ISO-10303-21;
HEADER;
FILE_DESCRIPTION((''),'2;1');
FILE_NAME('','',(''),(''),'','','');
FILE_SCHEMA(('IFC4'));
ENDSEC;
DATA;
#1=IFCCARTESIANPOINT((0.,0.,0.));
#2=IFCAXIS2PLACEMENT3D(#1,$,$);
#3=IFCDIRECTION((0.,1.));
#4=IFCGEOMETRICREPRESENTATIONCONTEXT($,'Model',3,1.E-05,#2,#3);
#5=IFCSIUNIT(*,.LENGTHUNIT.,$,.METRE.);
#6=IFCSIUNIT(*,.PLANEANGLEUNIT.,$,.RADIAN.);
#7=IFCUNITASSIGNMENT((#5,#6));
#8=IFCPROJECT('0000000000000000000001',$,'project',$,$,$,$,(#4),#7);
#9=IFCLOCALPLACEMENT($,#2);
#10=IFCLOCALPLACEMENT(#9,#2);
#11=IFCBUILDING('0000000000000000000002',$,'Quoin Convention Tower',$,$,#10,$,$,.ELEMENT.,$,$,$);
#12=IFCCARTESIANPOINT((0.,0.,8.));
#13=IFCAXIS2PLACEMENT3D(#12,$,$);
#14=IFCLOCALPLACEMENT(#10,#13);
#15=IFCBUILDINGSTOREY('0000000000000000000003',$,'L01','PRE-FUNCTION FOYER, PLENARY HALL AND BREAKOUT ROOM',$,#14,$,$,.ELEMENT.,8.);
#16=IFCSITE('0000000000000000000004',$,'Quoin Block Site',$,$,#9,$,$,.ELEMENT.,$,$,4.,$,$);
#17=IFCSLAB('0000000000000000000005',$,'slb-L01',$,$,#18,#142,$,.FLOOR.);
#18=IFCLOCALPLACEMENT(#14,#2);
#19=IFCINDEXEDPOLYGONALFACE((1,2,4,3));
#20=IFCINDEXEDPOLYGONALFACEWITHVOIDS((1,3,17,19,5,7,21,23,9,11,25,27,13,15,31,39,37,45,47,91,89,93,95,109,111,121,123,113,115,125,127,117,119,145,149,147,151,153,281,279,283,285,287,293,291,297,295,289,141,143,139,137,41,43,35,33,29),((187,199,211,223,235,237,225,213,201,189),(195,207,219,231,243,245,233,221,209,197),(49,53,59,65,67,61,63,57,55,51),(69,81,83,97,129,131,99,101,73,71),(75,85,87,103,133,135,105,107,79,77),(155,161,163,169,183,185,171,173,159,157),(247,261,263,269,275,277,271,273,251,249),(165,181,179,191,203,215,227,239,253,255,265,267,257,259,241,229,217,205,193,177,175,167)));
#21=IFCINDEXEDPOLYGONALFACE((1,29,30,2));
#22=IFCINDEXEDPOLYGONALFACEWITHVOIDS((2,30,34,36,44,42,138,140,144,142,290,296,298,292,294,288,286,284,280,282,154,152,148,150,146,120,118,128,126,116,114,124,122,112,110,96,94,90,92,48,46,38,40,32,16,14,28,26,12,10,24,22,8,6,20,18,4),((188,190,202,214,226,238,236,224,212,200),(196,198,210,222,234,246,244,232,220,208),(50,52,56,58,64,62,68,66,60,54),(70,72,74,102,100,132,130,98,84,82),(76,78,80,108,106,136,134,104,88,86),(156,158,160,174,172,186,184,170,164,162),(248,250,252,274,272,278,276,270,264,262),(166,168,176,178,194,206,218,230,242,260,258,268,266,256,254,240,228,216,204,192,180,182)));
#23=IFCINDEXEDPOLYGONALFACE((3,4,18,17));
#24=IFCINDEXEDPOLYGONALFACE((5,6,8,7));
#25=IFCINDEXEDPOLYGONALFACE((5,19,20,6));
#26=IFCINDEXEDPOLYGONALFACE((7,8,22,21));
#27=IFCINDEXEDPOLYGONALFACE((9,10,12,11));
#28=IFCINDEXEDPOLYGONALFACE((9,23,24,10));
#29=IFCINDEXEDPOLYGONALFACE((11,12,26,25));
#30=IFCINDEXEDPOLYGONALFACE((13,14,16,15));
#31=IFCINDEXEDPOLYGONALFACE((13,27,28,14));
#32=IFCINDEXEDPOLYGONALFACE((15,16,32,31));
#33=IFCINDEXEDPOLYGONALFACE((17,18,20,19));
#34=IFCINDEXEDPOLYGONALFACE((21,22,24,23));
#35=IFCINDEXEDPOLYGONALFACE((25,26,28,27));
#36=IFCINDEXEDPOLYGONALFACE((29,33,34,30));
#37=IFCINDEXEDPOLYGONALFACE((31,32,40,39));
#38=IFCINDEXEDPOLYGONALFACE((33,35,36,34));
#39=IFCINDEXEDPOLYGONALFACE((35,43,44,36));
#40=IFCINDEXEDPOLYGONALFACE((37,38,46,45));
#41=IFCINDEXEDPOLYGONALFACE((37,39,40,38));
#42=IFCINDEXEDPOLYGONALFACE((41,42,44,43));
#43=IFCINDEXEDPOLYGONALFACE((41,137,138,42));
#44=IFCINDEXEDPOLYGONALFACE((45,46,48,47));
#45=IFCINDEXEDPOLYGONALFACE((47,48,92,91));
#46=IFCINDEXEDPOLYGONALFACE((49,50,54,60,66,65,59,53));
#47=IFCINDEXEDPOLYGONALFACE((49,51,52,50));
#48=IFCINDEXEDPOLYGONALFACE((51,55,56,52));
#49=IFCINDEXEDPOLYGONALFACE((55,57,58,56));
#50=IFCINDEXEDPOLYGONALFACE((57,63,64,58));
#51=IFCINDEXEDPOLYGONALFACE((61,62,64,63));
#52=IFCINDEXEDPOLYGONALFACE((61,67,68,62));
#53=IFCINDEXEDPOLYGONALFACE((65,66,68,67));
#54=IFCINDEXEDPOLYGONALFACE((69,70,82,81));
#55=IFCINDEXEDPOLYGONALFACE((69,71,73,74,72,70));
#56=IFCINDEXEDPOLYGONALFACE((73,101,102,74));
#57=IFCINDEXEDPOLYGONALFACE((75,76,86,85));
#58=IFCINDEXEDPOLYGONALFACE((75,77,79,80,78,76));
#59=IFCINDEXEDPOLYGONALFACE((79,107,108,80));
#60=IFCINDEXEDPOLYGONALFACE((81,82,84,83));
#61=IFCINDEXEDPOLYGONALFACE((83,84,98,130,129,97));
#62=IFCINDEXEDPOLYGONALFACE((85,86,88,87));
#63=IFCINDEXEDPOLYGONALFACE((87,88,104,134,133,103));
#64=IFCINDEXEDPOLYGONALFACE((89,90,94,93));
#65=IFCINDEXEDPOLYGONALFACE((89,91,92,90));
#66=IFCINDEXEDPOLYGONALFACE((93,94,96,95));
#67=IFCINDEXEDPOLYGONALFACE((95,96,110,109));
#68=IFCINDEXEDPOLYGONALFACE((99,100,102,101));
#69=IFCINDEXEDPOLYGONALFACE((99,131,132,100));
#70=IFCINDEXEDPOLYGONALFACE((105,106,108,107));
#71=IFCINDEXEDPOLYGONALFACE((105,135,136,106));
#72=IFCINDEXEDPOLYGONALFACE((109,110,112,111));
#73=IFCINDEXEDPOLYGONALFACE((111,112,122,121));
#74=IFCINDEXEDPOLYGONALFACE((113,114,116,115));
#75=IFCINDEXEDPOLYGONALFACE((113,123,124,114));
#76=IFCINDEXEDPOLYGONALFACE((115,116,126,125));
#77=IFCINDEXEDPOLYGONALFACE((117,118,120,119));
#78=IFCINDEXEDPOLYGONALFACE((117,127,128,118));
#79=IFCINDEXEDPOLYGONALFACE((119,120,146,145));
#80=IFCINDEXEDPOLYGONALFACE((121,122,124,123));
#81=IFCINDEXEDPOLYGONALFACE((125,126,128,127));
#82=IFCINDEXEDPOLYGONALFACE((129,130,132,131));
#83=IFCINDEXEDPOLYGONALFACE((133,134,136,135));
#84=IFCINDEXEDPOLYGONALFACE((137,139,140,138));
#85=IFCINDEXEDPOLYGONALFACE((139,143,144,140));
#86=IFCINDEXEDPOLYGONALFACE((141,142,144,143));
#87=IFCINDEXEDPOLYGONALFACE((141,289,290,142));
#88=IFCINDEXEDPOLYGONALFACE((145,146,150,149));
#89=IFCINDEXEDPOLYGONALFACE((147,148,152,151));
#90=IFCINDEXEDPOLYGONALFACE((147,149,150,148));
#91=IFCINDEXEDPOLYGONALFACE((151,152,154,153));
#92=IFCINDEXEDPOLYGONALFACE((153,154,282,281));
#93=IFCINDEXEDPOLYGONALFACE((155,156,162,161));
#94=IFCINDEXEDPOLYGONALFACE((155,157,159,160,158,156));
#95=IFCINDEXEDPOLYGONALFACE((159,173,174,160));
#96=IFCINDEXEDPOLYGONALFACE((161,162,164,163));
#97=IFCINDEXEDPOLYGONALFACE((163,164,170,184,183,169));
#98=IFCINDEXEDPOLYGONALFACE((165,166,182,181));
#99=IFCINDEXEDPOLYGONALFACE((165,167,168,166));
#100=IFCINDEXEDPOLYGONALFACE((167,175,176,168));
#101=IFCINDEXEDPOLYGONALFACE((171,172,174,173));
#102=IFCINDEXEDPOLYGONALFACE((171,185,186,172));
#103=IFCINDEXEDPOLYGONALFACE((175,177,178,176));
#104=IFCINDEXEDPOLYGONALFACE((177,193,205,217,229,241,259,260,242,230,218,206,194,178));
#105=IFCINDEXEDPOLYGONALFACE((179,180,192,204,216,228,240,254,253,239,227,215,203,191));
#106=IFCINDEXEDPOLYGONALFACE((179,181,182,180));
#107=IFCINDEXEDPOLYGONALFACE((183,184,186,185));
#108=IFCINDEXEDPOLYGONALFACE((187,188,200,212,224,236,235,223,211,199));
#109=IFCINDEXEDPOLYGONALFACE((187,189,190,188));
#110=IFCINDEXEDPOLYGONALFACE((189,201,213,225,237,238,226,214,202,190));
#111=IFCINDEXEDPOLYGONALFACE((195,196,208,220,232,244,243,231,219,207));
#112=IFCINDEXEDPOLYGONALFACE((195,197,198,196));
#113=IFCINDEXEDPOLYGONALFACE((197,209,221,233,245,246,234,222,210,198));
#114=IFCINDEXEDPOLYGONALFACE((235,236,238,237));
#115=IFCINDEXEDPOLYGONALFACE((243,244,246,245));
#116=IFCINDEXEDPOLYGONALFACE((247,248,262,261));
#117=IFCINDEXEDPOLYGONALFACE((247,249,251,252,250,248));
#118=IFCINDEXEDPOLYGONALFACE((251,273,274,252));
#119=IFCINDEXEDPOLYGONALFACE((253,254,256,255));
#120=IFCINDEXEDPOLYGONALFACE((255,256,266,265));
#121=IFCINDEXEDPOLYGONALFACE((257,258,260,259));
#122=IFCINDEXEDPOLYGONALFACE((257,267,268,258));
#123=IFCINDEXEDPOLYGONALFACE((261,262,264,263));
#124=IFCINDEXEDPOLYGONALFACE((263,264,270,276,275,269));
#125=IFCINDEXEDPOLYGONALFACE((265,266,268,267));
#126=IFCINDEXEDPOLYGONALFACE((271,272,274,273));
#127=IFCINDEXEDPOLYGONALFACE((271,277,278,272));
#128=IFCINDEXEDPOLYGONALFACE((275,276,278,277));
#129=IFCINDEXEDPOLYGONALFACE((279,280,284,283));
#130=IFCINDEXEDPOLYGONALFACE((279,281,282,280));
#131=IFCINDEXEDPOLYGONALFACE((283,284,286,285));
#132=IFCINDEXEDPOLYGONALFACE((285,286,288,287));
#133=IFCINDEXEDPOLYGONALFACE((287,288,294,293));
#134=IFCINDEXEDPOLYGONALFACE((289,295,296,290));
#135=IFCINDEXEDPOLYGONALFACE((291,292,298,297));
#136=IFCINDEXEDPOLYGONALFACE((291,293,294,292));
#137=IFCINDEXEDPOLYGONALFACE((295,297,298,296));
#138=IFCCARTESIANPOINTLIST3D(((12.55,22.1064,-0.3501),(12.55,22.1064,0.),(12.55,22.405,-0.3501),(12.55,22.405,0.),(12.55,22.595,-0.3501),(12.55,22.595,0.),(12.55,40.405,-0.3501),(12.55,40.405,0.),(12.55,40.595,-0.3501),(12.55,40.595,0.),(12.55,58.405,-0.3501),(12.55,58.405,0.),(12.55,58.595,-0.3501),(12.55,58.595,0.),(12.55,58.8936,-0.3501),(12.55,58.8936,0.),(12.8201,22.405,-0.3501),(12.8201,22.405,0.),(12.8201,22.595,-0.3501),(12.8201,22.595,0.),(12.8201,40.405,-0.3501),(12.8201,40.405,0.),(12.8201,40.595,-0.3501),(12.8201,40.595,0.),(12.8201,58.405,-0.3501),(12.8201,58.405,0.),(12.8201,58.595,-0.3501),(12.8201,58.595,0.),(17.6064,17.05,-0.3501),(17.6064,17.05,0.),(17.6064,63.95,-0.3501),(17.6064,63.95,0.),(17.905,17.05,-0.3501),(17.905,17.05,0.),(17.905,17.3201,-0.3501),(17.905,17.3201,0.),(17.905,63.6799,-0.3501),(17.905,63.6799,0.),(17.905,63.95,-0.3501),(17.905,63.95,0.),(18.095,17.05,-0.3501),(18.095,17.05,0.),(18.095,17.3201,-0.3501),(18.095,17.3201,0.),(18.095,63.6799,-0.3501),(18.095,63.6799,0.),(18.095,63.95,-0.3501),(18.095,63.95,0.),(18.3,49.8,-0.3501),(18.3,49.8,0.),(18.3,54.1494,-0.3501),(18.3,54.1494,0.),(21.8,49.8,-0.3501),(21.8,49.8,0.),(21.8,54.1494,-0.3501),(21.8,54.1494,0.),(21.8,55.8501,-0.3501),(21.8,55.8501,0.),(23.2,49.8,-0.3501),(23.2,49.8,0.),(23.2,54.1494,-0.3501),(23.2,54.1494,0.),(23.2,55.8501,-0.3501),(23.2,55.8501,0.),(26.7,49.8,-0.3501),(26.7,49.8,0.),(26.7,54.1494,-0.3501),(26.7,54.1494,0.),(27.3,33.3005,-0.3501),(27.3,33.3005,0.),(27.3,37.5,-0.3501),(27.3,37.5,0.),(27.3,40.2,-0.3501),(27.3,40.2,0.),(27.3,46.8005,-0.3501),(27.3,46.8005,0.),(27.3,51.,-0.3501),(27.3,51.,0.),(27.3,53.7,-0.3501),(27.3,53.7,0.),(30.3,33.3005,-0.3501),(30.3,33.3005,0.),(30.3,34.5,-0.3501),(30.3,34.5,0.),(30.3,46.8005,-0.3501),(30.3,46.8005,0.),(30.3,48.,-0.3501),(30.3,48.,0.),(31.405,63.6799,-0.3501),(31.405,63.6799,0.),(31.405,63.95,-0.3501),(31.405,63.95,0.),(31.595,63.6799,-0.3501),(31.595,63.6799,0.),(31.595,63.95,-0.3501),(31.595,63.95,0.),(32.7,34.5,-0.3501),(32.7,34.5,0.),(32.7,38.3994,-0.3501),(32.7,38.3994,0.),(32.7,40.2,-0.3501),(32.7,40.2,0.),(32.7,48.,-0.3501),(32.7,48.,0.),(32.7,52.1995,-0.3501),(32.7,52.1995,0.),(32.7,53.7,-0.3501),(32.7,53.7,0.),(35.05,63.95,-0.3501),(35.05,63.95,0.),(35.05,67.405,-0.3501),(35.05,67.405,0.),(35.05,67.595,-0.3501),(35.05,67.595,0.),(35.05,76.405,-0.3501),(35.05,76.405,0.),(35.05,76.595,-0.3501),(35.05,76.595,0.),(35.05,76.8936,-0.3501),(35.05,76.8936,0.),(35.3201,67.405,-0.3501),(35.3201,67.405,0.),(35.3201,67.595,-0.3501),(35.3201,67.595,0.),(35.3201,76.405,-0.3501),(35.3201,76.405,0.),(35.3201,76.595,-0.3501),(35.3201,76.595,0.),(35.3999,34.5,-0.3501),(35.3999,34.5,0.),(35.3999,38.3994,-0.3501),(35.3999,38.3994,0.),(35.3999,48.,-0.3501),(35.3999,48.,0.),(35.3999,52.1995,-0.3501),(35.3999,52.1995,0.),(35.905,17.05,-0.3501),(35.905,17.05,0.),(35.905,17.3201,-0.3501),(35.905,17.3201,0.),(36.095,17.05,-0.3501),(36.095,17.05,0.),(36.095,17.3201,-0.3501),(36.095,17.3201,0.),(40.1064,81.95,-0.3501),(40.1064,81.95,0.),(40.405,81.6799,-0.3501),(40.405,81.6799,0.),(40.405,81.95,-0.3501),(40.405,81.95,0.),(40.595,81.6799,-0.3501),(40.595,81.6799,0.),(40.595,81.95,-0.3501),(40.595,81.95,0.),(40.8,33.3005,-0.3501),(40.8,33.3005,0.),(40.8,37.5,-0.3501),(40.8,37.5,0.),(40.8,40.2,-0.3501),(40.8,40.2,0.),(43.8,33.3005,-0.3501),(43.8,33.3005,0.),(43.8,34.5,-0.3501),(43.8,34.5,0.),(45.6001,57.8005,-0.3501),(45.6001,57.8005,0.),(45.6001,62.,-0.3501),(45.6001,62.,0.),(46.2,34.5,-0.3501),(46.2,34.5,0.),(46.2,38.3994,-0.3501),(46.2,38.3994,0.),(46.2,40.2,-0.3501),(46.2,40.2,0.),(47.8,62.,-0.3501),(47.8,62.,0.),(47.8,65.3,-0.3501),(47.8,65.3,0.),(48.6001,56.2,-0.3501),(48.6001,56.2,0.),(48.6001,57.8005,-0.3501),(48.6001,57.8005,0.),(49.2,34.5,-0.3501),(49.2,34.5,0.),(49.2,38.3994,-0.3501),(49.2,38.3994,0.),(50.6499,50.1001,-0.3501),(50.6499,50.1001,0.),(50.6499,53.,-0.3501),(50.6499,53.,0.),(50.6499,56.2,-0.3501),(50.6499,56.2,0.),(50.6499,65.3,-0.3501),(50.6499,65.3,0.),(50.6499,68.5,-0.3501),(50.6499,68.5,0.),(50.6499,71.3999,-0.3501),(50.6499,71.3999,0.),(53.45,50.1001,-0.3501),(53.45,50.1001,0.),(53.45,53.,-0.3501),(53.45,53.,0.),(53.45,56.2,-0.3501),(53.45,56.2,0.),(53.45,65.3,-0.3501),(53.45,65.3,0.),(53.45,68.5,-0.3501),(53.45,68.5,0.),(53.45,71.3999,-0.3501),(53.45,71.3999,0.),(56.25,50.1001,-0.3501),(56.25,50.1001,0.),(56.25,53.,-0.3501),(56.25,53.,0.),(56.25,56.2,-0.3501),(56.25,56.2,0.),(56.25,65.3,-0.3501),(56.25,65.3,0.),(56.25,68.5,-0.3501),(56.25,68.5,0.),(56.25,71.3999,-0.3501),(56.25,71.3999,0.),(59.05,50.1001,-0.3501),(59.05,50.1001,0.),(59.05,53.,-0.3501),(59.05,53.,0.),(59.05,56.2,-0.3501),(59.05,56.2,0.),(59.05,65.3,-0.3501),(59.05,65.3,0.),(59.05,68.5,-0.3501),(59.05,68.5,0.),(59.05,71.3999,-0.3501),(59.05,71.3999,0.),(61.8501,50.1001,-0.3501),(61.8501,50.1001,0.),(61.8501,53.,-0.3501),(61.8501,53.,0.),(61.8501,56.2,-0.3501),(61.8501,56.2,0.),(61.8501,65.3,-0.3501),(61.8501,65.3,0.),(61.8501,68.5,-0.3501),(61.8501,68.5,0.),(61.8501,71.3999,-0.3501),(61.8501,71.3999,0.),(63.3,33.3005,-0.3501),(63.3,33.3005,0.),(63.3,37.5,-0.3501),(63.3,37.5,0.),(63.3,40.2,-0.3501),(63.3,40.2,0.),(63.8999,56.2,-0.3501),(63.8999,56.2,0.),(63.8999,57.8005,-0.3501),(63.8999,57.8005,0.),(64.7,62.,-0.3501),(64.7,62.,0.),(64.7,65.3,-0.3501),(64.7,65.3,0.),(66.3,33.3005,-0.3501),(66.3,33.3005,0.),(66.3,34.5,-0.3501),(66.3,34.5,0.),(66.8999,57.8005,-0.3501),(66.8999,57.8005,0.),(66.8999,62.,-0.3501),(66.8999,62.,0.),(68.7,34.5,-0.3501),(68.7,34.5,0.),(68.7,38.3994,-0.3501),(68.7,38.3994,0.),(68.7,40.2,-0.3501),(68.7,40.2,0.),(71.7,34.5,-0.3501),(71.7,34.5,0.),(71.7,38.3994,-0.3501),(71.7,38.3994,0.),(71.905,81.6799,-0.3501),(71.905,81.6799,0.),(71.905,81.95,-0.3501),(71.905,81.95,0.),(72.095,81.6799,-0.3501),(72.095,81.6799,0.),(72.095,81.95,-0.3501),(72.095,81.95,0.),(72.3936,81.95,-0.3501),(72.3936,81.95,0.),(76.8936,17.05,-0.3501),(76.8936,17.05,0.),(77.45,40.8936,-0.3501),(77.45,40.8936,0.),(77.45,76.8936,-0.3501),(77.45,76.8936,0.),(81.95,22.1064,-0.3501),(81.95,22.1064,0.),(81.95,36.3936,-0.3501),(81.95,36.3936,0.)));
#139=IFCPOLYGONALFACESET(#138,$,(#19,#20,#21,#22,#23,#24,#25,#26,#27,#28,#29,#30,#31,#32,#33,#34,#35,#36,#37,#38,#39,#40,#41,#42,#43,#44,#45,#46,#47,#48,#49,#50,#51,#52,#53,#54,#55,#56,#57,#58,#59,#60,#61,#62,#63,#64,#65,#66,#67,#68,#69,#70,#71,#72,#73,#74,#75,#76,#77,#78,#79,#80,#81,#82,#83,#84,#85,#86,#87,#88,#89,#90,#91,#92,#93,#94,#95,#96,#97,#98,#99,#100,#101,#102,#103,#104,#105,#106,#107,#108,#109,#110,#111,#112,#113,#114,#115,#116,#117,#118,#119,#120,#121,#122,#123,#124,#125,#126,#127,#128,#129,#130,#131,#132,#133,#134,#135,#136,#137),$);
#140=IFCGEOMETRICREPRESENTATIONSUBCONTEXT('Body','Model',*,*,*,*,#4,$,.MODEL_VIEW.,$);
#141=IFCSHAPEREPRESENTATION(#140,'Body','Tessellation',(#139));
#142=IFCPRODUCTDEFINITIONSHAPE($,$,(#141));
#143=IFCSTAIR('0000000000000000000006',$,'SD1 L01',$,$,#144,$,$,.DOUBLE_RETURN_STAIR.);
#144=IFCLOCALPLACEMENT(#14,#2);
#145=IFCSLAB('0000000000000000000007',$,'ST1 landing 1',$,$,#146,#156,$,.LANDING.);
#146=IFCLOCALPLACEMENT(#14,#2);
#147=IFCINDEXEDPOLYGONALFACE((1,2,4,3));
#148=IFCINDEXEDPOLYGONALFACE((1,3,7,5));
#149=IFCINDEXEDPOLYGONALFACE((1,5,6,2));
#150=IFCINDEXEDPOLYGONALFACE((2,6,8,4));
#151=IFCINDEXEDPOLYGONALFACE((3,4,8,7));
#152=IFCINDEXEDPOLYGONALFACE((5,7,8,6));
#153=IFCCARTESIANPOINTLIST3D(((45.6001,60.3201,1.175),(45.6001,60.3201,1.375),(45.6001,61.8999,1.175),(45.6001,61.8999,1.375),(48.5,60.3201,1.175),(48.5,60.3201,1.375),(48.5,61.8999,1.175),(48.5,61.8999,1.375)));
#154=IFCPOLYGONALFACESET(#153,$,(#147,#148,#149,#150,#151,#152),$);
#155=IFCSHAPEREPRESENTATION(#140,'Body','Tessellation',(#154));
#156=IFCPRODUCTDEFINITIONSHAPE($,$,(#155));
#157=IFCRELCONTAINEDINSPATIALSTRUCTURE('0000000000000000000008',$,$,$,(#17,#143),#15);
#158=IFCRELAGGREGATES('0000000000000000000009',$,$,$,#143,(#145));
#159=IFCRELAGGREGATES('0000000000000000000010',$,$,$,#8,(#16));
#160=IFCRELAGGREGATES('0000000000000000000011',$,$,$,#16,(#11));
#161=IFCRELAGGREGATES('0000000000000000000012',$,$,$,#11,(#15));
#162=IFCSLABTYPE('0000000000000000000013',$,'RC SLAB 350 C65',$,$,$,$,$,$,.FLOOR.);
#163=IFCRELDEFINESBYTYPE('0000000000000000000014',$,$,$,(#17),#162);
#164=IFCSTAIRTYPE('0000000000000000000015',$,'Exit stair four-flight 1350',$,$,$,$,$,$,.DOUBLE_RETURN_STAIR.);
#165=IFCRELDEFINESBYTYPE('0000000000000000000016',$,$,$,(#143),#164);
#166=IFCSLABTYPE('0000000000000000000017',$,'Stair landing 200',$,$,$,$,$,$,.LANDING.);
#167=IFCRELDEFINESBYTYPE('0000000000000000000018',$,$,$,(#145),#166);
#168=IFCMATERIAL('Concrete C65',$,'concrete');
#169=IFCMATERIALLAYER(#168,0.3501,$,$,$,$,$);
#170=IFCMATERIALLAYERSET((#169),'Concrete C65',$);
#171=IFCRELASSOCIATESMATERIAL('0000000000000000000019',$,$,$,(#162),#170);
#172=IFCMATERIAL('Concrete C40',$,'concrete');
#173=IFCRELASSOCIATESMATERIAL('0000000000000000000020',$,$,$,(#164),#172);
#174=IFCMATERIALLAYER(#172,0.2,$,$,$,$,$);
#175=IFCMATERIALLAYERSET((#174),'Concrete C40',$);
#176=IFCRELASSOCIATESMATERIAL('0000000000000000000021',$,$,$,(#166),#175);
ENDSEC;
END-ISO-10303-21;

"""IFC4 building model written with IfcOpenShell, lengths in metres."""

from ifc_helpers import new_model, si_unit, direction, frame, origin, place, context, subcontext, project, spatial, polyline, outline, extrude, material, layer, layer_set, type_object, element, aggregate, save


model = new_model("IFC4")

# Units and contexts
model_context = context("Model", 3, precision=1e-05, world=origin(), true_north=direction((0.0, 1.0)))
body_context = subcontext(model_context, "Body", "Model", "MODEL_VIEW")
ifc_project = project(units=[si_unit("LENGTHUNIT", "METRE"), si_unit("PLANEANGLEUNIT", "RADIAN")], contexts=[model_context])

# Site, building, storey
site_placement = place(None, origin())
site = spatial("IfcSite", under=ifc_project, at=site_placement, Name="Quoin Block Site", CompositionType="ELEMENT", RefElevation=4.0)
building_placement = place(site_placement, origin())
building = spatial("IfcBuilding", under=site, at=building_placement, Name="Quoin Convention Tower", CompositionType="ELEMENT")
storey_placement = place(building_placement, frame((0.0, 0.0, 8.0)))
storey = spatial("IfcBuildingStorey", under=building, at=storey_placement, Name="L01", Description="PRE-FUNCTION FOYER, PLENARY HALL AND BREAKOUT ROOM", CompositionType="ELEMENT", Elevation=8.0)

# Slab
ifc_material_1 = material(Name="Concrete C65", Category="concrete")
ifc_layer_1 = layer(ifc_material_1, 0.3501)
ifc_layer_set_1 = layer_set([ifc_layer_1], Name="Concrete C65")
slab_type_1 = type_object("IfcSlabType", Name="RC SLAB 350 C65", PredefinedType="FLOOR", material=ifc_layer_set_1)
slab_1_placement = place(storey_placement, frame((0.0, 0.0, -0.3501)))
element("IfcSlab", 1, at=slab_1_placement, inside=storey, type_object=slab_type_1, Name="slb-L01", PredefinedType="FLOOR", context=body_context, shape_type="SweptSolid", body=[
    extrude(outline(polyline([(17.6064, 63.95), (17.905, 63.95), (17.905, 63.6799), (18.095, 63.6799), (18.095, 63.95), (31.405, 63.95), (31.405, 63.6799), (31.595, 63.6799), (31.595, 63.95), (35.05, 63.95), (35.05, 67.405), (35.3201, 67.405), (35.3201, 67.595), (35.05, 67.595), (35.05, 76.405), (35.3201, 76.405), (35.3201, 76.595), (35.05, 76.595), (35.05, 76.8936), (40.1064, 81.95), (40.405, 81.95), (40.405, 81.6799), (40.595, 81.6799), (40.595, 81.95), (71.905, 81.95), (71.905, 81.6799), (72.095, 81.6799), (72.095, 81.95), (72.3936, 81.95), (77.45, 76.8936), (77.45, 40.8936), (81.95, 36.3936), (81.95, 22.1064), (76.8936, 17.05), (36.095, 17.05), (36.095, 17.3201), (35.905, 17.3201), (35.905, 17.05), (18.095, 17.05), (18.095, 17.3201), (17.905, 17.3201), (17.905, 17.05), (17.6064, 17.05), (12.55, 22.1064), (12.55, 22.405), (12.8201, 22.405), (12.8201, 22.595), (12.55, 22.595), (12.55, 40.405), (12.8201, 40.405), (12.8201, 40.595), (12.55, 40.595), (12.55, 58.405), (12.8201, 58.405), (12.8201, 58.595), (12.55, 58.595), (12.55, 58.8936), (17.6064, 63.95)]), holes=[polyline([(35.3999, 38.3994), (32.7, 38.3994), (32.7, 40.2), (27.3, 40.2), (27.3, 37.5), (27.3, 33.3005), (30.3, 33.3005), (30.3, 34.5), (32.7, 34.5), (35.3999, 34.5), (35.3999, 38.3994)]), polyline([(46.2, 34.5), (49.2, 34.5), (49.2, 38.3994), (46.2, 38.3994), (46.2, 40.2), (40.8, 40.2), (40.8, 37.5), (40.8, 33.3005), (43.8, 33.3005), (43.8, 34.5), (46.2, 34.5)]), polyline([(32.7, 52.1995), (32.7, 53.7), (27.3, 53.7), (27.3, 51.0), (27.3, 46.8005), (30.3, 46.8005), (30.3, 48.0), (32.7, 48.0), (35.3999, 48.0), (35.3999, 52.1995), (32.7, 52.1995)]), polyline([(21.8, 54.1494), (18.3, 54.1494), (18.3, 49.8), (21.8, 49.8), (23.2, 49.8), (26.7, 49.8), (26.7, 54.1494), (23.2, 54.1494), (23.2, 55.8501), (21.8, 55.8501), (21.8, 54.1494)]), polyline([(59.05, 50.1001), (61.8501, 50.1001), (61.8501, 53.0), (59.05, 53.0), (56.25, 53.0), (53.45, 53.0), (50.6499, 53.0), (50.6499, 50.1001), (53.45, 50.1001), (56.25, 50.1001), (59.05, 50.1001)]), polyline([(59.05, 56.2), (61.8501, 56.2), (63.8999, 56.2), (63.8999, 57.8005), (66.8999, 57.8005), (66.8999, 62.0), (64.7, 62.0), (64.7, 65.3), (61.8501, 65.3), (59.05, 65.3), (56.25, 65.3), (53.45, 65.3), (50.6499, 65.3), (47.8, 65.3), (47.8, 62.0), (45.6001, 62.0), (45.6001, 57.8005), (48.6001, 57.8005), (48.6001, 56.2), (50.6499, 56.2), (53.45, 56.2), (56.25, 56.2), (59.05, 56.2)]), polyline([(50.6499, 68.5), (53.45, 68.5), (56.25, 68.5), (59.05, 68.5), (61.8501, 68.5), (61.8501, 71.3999), (59.05, 71.3999), (56.25, 71.3999), (53.45, 71.3999), (50.6499, 71.3999), (50.6499, 68.5)]), polyline([(68.7, 38.3994), (68.7, 40.2), (63.3, 40.2), (63.3, 37.5), (63.3, 33.3005), (66.3, 33.3005), (66.3, 34.5), (68.7, 34.5), (71.7, 34.5), (71.7, 38.3994), (68.7, 38.3994)])]), origin(), (0.0, 0.0, 1.0), 0.3501),
])

# Stair, slab
ifc_material_2 = material(Name="Concrete C40", Category="concrete")
stair_type_1 = type_object("IfcStairType", Name="Exit stair four-flight 1350", PredefinedType="DOUBLE_RETURN_STAIR", material=ifc_material_2)
stair_1_placement = place(storey_placement, origin())
stair_1 = element("IfcStair", 2, at=stair_1_placement, inside=storey, type_object=stair_type_1, Name="SD1 L01", PredefinedType="DOUBLE_RETURN_STAIR")
ifc_layer_2 = layer(ifc_material_2, 0.2)
ifc_layer_set_2 = layer_set([ifc_layer_2], Name="Concrete C40")
slab_type_2 = type_object("IfcSlabType", Name="Stair landing 200", PredefinedType="LANDING", material=ifc_layer_set_2)
slab_2_placement = place(storey_placement, frame((0.0, 0.0, 1.175)))
slab_2 = element("IfcSlab", 3, at=slab_2_placement, type_object=slab_type_2, Name="ST1 landing 1", PredefinedType="LANDING", context=body_context, shape_type="SweptSolid", body=[
    extrude(outline(polyline([(45.6001, 60.3201), (48.5, 60.3201), (48.5, 61.8999), (45.6001, 61.8999), (45.6001, 60.3201)])), origin(), (0.0, 0.0, 1.0), 0.2),
])
aggregate(stair_1, [slab_2])

save(model, "model.ifc")
